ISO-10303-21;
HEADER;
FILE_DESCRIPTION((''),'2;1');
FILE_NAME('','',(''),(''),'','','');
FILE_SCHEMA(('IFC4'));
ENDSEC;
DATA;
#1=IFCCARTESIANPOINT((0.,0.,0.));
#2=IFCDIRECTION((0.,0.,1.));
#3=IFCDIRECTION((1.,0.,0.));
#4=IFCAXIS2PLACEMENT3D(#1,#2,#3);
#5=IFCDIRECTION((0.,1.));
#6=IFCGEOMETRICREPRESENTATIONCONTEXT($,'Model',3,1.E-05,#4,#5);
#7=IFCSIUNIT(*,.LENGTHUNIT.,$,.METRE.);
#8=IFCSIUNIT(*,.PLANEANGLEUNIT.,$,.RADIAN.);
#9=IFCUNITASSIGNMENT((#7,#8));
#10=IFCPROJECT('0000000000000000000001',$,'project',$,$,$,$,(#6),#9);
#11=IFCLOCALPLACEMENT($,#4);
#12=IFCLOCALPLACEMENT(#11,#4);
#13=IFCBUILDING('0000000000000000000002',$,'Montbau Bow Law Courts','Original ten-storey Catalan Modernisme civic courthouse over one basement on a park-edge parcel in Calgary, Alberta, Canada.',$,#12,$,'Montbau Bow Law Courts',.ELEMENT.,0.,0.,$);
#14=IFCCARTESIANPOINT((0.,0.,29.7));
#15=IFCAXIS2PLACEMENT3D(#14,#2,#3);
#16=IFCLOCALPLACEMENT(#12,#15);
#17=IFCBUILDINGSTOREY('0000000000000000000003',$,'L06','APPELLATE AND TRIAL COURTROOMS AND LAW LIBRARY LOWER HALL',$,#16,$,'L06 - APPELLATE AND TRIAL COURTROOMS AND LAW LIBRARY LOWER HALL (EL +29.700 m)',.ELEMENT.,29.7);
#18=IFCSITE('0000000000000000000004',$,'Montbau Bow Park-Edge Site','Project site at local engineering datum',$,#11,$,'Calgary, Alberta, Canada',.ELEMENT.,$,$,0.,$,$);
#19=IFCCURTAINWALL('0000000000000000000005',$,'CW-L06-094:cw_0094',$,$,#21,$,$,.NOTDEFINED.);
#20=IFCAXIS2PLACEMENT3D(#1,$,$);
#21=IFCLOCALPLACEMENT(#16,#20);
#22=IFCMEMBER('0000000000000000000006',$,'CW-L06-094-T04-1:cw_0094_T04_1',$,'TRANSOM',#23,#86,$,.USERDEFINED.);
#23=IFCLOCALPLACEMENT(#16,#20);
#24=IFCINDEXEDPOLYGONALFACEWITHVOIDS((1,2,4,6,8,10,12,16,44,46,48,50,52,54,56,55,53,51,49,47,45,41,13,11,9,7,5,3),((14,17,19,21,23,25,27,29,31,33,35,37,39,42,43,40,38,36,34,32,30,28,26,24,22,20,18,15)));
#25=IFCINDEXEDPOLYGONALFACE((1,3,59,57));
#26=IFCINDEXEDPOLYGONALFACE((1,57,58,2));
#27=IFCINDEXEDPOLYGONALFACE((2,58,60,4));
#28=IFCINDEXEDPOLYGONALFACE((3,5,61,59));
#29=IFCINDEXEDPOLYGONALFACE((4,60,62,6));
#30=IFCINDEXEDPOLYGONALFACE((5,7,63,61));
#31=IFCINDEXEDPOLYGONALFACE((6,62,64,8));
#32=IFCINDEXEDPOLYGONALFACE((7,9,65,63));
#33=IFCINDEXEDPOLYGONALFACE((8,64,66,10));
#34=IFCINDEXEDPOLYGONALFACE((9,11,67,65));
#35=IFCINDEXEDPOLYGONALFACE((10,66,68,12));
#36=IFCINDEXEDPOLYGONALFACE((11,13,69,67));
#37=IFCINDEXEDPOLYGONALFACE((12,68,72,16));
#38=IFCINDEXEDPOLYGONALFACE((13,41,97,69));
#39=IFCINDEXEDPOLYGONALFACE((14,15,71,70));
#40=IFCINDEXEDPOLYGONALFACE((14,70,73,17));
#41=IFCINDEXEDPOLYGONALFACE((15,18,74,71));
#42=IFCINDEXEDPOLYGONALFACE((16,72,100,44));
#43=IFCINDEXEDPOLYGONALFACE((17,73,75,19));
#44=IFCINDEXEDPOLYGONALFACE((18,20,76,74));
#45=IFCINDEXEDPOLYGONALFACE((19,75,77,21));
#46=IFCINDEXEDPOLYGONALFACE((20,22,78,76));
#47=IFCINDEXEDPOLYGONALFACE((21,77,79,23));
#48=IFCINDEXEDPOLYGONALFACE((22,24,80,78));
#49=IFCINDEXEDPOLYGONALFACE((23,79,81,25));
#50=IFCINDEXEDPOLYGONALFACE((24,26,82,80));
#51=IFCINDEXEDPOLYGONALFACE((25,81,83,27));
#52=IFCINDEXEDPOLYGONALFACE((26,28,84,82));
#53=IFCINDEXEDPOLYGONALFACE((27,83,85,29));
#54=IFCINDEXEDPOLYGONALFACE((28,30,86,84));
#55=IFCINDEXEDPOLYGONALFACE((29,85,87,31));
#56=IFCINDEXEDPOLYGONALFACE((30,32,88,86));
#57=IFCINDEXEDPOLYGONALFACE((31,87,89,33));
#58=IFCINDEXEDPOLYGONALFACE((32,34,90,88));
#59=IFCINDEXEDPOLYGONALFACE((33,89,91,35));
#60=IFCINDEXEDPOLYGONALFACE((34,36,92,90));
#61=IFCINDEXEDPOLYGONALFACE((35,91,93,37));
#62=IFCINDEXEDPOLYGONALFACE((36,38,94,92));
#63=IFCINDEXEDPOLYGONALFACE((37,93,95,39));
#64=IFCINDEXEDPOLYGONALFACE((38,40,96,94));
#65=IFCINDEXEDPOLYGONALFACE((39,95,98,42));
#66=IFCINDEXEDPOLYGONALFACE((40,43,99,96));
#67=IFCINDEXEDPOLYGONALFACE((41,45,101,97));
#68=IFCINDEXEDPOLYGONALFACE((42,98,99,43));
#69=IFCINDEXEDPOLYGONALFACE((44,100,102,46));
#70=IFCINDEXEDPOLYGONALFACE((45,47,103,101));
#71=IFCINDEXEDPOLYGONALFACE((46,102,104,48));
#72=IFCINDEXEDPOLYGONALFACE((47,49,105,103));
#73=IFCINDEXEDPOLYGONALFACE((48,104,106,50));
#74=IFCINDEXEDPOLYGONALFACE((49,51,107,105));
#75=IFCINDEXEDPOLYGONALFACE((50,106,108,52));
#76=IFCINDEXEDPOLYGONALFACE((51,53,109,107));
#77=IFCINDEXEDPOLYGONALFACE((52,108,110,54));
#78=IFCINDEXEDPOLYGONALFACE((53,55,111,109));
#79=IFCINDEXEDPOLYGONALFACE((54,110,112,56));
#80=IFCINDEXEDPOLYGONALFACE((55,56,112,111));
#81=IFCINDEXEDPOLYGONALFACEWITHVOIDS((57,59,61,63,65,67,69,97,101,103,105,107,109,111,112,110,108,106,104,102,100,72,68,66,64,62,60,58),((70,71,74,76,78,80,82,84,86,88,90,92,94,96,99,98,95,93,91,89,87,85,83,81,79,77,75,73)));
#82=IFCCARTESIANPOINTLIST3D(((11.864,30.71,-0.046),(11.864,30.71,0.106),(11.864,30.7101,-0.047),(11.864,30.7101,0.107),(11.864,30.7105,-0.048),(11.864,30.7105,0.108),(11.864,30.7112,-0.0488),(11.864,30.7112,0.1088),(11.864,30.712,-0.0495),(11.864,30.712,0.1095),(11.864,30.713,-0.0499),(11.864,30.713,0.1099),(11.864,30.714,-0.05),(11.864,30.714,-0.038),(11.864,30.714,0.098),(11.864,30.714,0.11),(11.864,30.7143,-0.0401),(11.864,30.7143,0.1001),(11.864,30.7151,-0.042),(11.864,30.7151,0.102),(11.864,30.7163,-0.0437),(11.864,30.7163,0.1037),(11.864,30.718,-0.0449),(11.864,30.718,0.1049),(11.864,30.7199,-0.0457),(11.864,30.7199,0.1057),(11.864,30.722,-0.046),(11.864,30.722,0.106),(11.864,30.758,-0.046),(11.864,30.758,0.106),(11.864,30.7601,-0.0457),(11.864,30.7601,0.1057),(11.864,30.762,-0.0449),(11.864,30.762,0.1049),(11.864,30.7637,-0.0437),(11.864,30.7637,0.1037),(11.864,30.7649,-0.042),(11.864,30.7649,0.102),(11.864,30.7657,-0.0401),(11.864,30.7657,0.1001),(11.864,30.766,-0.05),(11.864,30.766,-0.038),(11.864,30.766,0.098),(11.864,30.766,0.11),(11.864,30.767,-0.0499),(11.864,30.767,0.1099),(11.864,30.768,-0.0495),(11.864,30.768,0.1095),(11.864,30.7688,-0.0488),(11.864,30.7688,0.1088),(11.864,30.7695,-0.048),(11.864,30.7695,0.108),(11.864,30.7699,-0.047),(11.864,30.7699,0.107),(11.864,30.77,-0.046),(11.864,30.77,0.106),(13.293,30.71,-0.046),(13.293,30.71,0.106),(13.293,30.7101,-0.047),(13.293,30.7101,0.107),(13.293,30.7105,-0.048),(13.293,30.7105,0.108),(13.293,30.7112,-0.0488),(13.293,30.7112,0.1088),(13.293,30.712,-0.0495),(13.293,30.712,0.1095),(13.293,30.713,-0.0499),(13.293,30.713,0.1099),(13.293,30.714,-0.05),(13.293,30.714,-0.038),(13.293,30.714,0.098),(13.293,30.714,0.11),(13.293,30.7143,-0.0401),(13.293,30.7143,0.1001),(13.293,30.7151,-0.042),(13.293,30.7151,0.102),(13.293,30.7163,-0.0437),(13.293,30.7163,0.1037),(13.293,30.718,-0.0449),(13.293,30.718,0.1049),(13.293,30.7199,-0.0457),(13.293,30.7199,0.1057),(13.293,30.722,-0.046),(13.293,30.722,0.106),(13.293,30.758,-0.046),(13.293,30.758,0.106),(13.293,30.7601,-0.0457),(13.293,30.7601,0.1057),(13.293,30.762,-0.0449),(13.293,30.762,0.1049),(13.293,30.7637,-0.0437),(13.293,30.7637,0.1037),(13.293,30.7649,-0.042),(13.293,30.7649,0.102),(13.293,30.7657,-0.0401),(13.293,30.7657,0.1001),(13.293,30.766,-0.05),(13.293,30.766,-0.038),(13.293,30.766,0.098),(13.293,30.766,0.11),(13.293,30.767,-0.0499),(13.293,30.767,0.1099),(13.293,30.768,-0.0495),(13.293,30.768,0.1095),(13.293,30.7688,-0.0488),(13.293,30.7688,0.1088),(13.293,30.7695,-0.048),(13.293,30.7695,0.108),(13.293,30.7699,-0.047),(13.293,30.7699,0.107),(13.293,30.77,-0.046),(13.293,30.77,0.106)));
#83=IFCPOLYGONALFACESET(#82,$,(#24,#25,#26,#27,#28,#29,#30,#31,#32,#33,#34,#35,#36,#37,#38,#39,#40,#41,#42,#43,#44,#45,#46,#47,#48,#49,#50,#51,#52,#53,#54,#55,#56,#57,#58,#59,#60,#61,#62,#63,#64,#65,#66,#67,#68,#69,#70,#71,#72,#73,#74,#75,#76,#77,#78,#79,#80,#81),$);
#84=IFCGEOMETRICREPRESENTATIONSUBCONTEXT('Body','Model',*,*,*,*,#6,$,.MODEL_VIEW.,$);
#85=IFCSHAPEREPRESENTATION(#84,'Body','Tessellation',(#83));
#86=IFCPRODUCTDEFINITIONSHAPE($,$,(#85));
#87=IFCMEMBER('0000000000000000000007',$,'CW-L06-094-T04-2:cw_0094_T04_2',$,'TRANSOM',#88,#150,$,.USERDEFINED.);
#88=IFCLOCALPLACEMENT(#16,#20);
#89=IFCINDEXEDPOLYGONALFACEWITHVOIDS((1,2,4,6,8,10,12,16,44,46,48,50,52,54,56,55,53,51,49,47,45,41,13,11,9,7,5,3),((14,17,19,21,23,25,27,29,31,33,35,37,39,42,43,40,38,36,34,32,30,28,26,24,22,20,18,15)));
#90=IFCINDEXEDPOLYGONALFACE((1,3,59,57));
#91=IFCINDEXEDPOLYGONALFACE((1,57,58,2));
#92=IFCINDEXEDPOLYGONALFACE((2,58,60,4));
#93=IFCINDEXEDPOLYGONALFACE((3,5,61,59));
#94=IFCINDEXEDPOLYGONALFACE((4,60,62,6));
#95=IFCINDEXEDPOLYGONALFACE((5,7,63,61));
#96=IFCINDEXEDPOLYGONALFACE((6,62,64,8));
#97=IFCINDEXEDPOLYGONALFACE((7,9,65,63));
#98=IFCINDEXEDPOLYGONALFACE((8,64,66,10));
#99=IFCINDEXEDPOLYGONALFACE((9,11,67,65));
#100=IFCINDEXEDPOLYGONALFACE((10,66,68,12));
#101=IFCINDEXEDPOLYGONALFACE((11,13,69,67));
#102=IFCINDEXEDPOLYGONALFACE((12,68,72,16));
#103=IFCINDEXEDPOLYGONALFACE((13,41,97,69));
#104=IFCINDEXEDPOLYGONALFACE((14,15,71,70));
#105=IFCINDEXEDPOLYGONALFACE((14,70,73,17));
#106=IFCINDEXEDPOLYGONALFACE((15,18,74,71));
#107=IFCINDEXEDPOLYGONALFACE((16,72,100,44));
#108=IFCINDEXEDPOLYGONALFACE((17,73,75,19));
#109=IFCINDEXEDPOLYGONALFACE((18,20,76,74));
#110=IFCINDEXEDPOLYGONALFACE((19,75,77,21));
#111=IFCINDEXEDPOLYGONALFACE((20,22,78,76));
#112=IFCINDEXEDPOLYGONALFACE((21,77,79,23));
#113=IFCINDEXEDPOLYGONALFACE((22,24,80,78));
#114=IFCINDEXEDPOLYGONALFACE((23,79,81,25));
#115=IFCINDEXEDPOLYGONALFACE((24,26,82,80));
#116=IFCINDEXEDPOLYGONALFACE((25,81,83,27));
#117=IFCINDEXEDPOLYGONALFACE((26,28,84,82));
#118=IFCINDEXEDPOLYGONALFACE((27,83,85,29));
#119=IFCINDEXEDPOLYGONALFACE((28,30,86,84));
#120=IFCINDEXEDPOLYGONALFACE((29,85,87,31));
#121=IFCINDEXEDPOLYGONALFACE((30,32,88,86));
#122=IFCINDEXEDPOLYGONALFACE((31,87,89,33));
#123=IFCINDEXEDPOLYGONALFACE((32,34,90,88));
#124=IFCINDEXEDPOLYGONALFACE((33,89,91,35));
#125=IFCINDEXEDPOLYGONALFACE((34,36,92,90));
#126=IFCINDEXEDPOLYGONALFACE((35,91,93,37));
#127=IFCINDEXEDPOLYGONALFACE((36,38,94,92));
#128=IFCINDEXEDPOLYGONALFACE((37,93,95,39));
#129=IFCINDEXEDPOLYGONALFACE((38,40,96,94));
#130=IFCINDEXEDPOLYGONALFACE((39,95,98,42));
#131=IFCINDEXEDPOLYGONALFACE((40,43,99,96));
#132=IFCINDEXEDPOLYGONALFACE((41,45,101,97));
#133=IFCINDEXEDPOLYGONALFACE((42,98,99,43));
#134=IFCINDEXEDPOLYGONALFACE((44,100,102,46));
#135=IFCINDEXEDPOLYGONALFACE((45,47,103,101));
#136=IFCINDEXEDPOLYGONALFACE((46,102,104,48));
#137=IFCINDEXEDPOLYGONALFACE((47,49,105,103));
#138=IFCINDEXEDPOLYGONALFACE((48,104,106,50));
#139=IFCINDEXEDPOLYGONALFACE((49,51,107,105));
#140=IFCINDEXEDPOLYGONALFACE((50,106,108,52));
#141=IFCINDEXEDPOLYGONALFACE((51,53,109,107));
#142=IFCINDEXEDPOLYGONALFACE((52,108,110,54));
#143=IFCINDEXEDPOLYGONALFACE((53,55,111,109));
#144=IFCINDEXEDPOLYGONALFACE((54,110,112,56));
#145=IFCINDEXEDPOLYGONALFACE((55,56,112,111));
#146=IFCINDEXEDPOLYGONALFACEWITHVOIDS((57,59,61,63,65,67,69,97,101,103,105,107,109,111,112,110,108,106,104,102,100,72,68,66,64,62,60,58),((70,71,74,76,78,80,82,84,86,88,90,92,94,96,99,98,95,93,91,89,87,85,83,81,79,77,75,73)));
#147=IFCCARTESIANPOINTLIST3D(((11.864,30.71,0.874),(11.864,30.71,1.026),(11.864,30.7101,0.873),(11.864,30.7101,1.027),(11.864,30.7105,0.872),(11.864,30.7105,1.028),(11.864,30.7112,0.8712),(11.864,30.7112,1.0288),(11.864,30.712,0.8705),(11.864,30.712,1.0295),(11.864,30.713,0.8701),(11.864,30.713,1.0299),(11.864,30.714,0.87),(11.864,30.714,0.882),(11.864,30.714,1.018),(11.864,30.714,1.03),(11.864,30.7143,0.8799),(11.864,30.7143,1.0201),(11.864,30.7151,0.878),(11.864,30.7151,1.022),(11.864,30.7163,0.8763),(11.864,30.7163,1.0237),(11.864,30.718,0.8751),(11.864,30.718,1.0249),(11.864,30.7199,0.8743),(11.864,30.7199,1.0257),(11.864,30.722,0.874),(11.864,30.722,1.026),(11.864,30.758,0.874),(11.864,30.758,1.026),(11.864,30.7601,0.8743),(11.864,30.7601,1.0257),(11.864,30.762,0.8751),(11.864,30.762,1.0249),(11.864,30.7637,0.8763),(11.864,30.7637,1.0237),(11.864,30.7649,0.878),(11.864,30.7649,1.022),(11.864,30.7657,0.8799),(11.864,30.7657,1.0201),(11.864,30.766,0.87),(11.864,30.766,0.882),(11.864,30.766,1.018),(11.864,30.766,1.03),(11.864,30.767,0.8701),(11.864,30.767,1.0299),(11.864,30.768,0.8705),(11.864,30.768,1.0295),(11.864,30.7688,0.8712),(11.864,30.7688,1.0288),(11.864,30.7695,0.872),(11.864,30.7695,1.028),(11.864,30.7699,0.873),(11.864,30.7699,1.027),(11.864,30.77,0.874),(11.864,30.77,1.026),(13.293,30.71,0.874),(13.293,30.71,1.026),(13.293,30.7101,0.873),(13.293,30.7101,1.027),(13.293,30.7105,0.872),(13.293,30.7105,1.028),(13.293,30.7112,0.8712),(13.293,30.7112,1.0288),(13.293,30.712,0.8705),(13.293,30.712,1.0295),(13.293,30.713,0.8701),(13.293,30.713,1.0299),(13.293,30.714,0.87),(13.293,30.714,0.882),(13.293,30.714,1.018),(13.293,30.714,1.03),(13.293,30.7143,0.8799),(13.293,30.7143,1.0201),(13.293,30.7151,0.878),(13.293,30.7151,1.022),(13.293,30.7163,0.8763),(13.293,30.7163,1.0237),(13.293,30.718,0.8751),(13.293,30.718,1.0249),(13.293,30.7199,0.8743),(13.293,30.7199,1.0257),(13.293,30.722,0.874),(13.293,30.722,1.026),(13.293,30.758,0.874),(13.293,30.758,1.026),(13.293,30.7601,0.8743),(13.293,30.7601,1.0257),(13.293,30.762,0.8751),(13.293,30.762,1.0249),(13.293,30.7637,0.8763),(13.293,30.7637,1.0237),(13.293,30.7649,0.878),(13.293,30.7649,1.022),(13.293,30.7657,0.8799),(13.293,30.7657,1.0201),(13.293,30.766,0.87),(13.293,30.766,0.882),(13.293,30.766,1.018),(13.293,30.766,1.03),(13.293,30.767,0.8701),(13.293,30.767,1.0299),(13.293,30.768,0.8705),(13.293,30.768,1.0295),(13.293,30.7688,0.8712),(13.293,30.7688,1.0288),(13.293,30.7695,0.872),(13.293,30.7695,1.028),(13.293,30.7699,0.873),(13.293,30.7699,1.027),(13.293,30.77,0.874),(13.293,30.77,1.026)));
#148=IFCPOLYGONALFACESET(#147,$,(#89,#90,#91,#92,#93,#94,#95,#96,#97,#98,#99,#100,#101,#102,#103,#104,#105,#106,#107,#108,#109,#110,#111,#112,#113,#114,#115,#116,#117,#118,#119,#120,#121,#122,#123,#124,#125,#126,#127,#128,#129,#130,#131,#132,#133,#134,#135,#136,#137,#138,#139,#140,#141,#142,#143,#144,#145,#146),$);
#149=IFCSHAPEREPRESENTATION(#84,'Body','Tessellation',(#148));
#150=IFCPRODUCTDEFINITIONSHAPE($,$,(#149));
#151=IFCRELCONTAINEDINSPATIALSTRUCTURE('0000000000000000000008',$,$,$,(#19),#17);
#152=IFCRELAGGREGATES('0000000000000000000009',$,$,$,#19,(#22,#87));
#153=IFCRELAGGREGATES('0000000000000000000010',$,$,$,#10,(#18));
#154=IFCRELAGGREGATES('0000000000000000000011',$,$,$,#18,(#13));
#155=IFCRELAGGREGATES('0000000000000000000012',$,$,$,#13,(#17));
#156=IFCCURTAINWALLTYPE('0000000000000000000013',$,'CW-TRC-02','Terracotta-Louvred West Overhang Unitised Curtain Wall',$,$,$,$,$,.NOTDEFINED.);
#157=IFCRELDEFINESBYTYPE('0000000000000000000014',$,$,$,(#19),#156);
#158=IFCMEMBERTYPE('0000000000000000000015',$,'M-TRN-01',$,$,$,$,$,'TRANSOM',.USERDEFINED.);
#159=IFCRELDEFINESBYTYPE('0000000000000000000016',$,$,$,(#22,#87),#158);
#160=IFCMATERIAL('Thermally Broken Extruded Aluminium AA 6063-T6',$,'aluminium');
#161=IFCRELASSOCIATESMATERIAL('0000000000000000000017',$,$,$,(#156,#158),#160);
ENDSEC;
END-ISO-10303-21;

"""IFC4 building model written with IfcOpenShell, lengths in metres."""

from ifc_helpers import new_model, si_unit, direction, frame, origin_with_axes, origin_2d_with_axis, place, context, subcontext, project, spatial, hollow_rectangle, extrude, material, material_profile, profile_set, type_object, element, aggregate, save


model = new_model("IFC4")

# Units and contexts
model_context = context("Model", 3, precision=1e-05, world=origin_with_axes(), true_north=direction((0.0, 1.0)))
body_context = subcontext(model_context, "Body", "Model", "MODEL_VIEW")
ifc_project = project(units=[si_unit("LENGTHUNIT", "METRE"), si_unit("PLANEANGLEUNIT", "RADIAN")], contexts=[model_context])

# Site, building, storey
site_placement = place(None, origin_with_axes())
site = spatial("IfcSite", under=ifc_project, at=site_placement, Name="Montbau Bow Park-Edge Site", Description="Project site at local engineering datum", LongName="Calgary, Alberta, Canada", CompositionType="ELEMENT", RefElevation=0.0)
building_placement = place(site_placement, origin_with_axes())
building = spatial("IfcBuilding", under=site, at=building_placement, Name="Montbau Bow Law Courts", Description="Original ten-storey Catalan Modernisme civic courthouse over one basement on a park-edge parcel in Calgary, Alberta, Canada.", LongName="Montbau Bow Law Courts", CompositionType="ELEMENT", ElevationOfRefHeight=0.0, ElevationOfTerrain=0.0)
storey_placement = place(building_placement, frame((0.0, 0.0, 29.7), z_axis=(0.0, 0.0, 1.0), x_axis=(1.0, 0.0, 0.0)))
storey = spatial("IfcBuildingStorey", under=building, at=storey_placement, Name="L06", Description="APPELLATE AND TRIAL COURTROOMS AND LAW LIBRARY LOWER HALL", LongName="L06 - APPELLATE AND TRIAL COURTROOMS AND LAW LIBRARY LOWER HALL (EL +29.700 m)", CompositionType="ELEMENT", Elevation=29.7)

# Curtain wall
ifc_material_1 = material(Name="Thermally Broken Extruded Aluminium AA 6063-T6", Category="aluminium")
curtain_wall_type = type_object("IfcCurtainWallType", Name="CW-TRC-02", Description="Terracotta-Louvred West Overhang Unitised Curtain Wall", PredefinedType="NOTDEFINED", material=ifc_material_1)
curtain_wall_1_placement = place(None, frame((7.24, 30.74, 29.7), z_axis=(0.0, 0.0, 1.0), x_axis=(1.0, 0.0, 0.0)))
curtain_wall_1 = element("IfcCurtainWall", 1, at=curtain_wall_1_placement, inside=storey, type_object=curtain_wall_type, Name="CW-L06-094:cw_0094", PredefinedType="NOTDEFINED")

# Members
ifc_material_profile_1 = material_profile(ifc_material_1, hollow_rectangle(XDim=0.06, YDim=0.16, WallThickness=0.004, InnerFilletRadius=0.008, OuterFilletRadius=0.004, at=origin_2d_with_axis()), Name="CWT-160X60", Category="Main", Priority=0)
ifc_profile_set_1 = profile_set([ifc_material_profile_1], Name="Thermally Broken Extruded Aluminium AA 6063-T6")
member_type_1 = type_object("IfcMemberType", Name="M-TRN-01", ElementType="TRANSOM", PredefinedType="USERDEFINED", material=ifc_profile_set_1)
member_1_placement = place(None, frame((11.864, 30.74, 29.73), z_axis=(1.0, 0.0, 0.0), x_axis=(0.0, 1.0, 0.0)))
member_1 = element("IfcMember", 2, at=member_1_placement, type_object=member_type_1, Name="CW-L06-094-T04-1:cw_0094_T04_1", ObjectType="TRANSOM", PredefinedType="USERDEFINED", context=body_context, shape_type="SweptSolid", body=[
    extrude(hollow_rectangle(XDim=0.06, YDim=0.16, WallThickness=0.004, InnerFilletRadius=0.008, OuterFilletRadius=0.004, at=origin_2d_with_axis()), origin_with_axes(), (0.0, 0.0, 1.0), 1.429),
])
member_2_placement = place(None, frame((11.864, 30.74, 30.65), z_axis=(1.0, 0.0, 0.0), x_axis=(0.0, 1.0, 0.0)))
member_2 = element("IfcMember", 3, at=member_2_placement, type_object=member_type_1, Name="CW-L06-094-T04-2:cw_0094_T04_2", ObjectType="TRANSOM", PredefinedType="USERDEFINED", context=body_context, shape_type="SweptSolid", body=[
    extrude(hollow_rectangle(XDim=0.06, YDim=0.16, WallThickness=0.004, InnerFilletRadius=0.008, OuterFilletRadius=0.004, at=origin_2d_with_axis()), origin_with_axes(), (0.0, 0.0, 1.0), 1.429),
])

aggregate(curtain_wall_1, [member_1, member_2])

save(model, "model.ifc")
